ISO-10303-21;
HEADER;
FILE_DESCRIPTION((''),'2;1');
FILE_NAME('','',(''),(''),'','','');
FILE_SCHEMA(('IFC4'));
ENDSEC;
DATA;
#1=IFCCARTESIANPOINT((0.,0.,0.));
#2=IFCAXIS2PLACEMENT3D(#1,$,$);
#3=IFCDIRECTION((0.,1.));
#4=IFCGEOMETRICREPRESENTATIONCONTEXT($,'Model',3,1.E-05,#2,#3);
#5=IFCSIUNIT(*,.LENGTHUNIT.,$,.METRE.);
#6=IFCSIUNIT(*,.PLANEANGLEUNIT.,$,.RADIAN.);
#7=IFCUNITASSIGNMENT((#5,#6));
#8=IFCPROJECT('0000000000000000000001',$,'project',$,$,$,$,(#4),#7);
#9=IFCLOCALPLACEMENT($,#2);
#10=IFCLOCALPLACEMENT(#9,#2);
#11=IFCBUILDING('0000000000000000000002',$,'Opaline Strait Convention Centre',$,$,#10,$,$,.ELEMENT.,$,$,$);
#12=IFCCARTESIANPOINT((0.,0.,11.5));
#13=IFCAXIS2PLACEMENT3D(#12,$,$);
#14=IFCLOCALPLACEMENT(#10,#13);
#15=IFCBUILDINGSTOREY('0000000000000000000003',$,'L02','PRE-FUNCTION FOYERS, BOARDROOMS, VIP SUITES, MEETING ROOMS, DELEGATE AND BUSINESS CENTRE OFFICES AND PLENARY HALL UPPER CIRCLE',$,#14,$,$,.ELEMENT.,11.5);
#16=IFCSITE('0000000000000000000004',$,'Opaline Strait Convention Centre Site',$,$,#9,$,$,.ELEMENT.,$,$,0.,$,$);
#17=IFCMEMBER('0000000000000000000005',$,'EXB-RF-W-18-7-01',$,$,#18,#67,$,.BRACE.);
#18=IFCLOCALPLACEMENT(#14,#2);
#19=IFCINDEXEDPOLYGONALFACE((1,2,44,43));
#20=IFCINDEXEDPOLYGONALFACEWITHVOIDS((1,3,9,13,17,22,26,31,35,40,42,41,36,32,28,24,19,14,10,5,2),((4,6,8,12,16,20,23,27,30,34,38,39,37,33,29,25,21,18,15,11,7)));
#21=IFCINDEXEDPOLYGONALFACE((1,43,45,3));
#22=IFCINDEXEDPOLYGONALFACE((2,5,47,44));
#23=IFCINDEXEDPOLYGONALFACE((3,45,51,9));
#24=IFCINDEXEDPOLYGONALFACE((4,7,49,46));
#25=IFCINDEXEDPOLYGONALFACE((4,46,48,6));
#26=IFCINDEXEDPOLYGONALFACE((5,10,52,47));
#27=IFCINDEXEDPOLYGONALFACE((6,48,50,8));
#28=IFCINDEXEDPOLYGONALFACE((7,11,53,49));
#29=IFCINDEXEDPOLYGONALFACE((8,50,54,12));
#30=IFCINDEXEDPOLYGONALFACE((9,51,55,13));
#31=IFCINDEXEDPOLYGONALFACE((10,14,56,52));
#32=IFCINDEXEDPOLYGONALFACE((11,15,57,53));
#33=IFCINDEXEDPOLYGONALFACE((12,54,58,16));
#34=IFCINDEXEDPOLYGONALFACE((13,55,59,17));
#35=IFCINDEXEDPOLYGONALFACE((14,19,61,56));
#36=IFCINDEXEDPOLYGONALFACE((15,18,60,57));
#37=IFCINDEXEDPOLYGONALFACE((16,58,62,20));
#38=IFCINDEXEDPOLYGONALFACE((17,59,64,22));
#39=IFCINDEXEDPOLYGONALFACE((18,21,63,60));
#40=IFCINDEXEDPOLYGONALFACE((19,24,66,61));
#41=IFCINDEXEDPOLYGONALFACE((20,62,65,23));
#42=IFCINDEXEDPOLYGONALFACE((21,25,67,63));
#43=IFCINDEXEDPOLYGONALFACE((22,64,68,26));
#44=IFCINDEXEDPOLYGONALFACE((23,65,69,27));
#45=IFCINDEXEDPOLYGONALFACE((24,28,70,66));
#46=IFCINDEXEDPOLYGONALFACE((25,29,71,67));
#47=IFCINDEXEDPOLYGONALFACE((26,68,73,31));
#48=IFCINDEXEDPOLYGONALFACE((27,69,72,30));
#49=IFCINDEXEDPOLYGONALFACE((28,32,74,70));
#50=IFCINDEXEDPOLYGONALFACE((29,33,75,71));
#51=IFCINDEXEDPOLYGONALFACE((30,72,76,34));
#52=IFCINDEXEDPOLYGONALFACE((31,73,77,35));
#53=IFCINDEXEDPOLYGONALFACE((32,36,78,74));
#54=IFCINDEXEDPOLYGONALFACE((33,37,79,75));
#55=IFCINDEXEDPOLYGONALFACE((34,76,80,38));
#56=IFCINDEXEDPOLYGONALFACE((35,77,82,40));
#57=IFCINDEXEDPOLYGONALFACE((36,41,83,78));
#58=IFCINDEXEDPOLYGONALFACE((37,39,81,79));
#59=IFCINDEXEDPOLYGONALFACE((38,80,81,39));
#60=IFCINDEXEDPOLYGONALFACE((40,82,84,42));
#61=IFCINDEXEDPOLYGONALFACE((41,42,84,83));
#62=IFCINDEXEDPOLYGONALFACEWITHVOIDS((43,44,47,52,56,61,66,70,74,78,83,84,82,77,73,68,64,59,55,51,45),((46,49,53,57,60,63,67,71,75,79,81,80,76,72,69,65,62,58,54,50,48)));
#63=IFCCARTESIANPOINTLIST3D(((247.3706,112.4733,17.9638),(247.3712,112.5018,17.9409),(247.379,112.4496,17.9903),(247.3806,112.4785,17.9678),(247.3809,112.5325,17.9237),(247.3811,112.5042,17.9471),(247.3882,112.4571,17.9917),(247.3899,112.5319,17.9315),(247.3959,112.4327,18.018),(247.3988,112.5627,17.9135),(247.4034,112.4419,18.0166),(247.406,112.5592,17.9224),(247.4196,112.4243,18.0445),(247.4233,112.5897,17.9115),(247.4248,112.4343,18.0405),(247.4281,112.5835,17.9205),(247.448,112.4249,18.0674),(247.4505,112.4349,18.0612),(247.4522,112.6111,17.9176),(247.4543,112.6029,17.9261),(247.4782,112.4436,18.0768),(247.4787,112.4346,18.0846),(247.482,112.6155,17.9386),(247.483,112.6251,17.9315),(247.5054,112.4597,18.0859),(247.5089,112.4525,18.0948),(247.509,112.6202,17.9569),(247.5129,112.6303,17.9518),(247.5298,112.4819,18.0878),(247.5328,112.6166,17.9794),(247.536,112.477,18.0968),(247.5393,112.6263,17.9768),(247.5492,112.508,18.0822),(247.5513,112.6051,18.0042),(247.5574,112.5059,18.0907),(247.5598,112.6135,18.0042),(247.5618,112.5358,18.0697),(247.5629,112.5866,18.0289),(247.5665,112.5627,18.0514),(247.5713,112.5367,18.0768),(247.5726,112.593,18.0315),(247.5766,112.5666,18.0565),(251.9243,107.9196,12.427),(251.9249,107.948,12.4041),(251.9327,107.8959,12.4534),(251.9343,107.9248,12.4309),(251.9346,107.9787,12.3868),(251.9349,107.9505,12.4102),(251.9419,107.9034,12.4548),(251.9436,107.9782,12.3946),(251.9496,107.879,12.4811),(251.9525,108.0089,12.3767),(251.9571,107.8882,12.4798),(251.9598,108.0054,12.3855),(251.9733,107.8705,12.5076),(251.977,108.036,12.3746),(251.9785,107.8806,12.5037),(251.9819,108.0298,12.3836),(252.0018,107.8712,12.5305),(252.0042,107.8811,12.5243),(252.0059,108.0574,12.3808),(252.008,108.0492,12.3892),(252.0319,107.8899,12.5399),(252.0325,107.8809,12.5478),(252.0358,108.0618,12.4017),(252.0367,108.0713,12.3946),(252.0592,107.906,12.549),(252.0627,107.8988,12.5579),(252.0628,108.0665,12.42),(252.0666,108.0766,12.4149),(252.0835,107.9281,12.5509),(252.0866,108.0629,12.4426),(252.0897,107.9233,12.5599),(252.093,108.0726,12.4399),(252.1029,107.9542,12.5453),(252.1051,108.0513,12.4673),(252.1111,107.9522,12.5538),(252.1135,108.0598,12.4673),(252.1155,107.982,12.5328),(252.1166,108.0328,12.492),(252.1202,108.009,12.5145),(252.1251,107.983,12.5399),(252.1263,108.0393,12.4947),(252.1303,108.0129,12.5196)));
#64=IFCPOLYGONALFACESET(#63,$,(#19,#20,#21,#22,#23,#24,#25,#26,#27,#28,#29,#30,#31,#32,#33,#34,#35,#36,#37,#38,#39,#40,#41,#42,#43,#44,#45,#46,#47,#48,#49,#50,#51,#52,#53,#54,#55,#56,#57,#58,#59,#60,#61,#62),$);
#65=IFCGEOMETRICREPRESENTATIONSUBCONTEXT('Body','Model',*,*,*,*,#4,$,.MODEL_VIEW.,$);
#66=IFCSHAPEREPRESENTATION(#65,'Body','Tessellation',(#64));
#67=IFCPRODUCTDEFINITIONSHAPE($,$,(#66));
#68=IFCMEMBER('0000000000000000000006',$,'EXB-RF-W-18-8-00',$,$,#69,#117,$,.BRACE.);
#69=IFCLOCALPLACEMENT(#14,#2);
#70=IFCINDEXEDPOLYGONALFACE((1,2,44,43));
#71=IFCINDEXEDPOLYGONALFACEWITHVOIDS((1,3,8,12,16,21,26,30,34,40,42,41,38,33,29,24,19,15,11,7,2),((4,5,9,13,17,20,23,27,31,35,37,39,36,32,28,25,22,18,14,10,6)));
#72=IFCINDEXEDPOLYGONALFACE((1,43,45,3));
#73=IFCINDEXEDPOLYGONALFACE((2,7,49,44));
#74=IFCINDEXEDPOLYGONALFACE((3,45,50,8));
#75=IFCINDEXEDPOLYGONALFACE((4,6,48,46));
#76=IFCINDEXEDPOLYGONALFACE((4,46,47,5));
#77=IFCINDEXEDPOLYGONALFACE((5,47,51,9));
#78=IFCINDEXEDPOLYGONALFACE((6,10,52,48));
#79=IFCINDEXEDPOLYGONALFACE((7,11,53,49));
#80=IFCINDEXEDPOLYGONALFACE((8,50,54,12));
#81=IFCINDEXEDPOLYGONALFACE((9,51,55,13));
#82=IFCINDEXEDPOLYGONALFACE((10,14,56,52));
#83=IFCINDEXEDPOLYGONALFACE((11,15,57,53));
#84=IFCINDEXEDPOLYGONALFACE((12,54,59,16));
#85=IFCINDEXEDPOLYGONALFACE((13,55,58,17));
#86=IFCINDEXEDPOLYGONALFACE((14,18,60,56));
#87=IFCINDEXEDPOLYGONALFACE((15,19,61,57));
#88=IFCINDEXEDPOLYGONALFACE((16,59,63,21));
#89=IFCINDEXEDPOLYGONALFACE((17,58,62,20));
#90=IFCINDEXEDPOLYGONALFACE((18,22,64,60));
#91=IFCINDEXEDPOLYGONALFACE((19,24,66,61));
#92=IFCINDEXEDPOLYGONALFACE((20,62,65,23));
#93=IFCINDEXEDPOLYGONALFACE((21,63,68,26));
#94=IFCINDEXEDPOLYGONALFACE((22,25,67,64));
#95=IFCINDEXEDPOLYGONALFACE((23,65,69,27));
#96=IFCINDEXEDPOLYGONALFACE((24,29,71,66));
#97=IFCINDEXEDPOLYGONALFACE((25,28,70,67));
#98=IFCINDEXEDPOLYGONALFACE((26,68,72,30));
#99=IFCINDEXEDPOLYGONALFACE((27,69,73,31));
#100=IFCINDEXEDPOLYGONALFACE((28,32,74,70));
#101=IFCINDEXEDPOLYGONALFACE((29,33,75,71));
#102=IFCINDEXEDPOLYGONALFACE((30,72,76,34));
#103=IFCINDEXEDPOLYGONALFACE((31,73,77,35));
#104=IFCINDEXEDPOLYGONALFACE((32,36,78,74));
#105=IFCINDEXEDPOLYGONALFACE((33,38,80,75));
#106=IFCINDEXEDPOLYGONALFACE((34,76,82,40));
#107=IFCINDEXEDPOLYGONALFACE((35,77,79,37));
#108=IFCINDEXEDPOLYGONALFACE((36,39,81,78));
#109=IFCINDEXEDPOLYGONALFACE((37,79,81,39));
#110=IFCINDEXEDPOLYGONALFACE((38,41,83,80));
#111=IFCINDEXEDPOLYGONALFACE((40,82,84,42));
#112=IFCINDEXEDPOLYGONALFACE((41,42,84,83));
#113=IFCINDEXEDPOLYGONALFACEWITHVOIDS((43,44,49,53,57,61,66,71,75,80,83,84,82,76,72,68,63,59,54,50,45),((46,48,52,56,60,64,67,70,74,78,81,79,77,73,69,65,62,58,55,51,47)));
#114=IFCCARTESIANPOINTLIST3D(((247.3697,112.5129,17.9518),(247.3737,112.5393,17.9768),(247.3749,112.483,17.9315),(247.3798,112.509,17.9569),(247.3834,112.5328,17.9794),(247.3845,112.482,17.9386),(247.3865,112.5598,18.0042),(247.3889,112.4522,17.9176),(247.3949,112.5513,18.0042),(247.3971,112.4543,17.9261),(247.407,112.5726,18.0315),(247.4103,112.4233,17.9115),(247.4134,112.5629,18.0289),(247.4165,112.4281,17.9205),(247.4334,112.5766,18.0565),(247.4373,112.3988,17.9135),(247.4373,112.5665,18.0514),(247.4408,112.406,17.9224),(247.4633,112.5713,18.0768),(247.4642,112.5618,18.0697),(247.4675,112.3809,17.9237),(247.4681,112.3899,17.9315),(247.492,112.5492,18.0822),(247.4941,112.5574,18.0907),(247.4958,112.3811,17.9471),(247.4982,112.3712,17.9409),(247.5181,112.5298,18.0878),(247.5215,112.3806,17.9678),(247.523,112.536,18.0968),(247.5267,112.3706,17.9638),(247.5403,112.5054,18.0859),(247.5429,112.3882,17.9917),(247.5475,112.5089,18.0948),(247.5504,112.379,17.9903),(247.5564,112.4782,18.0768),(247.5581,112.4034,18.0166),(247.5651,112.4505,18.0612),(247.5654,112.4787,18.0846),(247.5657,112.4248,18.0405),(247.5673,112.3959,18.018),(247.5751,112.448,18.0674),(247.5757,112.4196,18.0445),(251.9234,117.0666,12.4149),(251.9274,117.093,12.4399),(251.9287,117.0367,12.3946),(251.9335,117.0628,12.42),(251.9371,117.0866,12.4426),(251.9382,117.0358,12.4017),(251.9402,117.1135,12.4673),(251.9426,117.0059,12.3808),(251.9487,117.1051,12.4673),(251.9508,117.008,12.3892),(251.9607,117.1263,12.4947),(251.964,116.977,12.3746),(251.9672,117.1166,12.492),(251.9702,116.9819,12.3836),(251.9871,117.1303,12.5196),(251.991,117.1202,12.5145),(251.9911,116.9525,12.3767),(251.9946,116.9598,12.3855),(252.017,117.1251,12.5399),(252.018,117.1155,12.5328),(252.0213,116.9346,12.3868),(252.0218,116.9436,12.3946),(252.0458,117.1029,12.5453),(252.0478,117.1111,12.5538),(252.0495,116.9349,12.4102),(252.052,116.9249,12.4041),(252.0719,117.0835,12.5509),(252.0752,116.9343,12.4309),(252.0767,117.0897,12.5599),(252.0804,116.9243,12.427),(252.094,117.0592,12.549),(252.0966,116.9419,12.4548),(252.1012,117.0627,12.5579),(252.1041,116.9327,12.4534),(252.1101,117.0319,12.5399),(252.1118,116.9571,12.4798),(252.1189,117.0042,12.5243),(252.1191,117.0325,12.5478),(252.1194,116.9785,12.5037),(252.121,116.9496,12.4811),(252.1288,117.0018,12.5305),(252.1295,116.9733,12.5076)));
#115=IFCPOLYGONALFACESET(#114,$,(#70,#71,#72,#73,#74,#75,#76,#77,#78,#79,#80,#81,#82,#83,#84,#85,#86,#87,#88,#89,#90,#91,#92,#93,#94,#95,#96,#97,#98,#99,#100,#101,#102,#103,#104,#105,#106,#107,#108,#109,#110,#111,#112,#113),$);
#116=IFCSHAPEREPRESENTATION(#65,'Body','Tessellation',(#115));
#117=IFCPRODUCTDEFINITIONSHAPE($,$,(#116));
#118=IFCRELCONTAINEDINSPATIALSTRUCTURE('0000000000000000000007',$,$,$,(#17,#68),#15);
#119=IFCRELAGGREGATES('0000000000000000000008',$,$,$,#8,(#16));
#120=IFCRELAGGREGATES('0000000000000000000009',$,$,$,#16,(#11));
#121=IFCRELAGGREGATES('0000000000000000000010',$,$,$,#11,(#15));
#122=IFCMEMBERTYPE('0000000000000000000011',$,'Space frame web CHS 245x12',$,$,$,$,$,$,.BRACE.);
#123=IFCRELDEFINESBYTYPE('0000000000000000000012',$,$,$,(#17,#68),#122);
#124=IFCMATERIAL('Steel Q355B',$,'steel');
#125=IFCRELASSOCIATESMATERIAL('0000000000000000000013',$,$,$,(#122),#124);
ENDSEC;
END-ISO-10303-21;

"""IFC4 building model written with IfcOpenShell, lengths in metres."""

from ifc_helpers import new_model, si_unit, direction, frame, origin, origin_2d, place, context, subcontext, project, spatial, hollow_circle, extrude, material, material_profile, profile_set, type_object, element, save


model = new_model("IFC4")

# Units and contexts
model_context = context("Model", 3, precision=1e-05, world=origin(), true_north=direction((0.0, 1.0)))
body_context = subcontext(model_context, "Body", "Model", "MODEL_VIEW")
ifc_project = project(units=[si_unit("LENGTHUNIT", "METRE"), si_unit("PLANEANGLEUNIT", "RADIAN")], contexts=[model_context])

# Site, building, storey
site_placement = place(None, origin())
site = spatial("IfcSite", under=ifc_project, at=site_placement, Name="Opaline Strait Convention Centre Site", CompositionType="ELEMENT", RefElevation=0.0)
building_placement = place(site_placement, origin())
building = spatial("IfcBuilding", under=site, at=building_placement, Name="Opaline Strait Convention Centre", CompositionType="ELEMENT")
storey_placement = place(building_placement, frame((0.0, 0.0, 11.5)))
storey = spatial("IfcBuildingStorey", under=building, at=storey_placement, Name="L02", Description="PRE-FUNCTION FOYERS, BOARDROOMS, VIP SUITES, MEETING ROOMS, DELEGATE AND BUSINESS CENTRE OFFICES AND PLENARY HALL UPPER CIRCLE", CompositionType="ELEMENT", Elevation=11.5)

# Members
ifc_material = material(Name="Steel Q355B", Category="steel")
ifc_material_profile_1 = material_profile(ifc_material, hollow_circle(Radius=0.1226, WallThickness=0.012, at=origin_2d()), Name="CHS 245x12")
ifc_profile_set_1 = profile_set([ifc_material_profile_1], Name="Steel Q355B")
member_type_1 = type_object("IfcMemberType", Name="Space frame web CHS 245x12", PredefinedType="BRACE", material=ifc_profile_set_1)
for number, where, z_axis, x_axis, name in (
    (1, (247.4731, 112.5269, 18.0042), (0.536178, -0.536178, -0.65194), (0.707107, 0.707107, 0.0), "EXB-RF-W-18-7-01"),
    (2, (247.4731, 112.4731, 18.0042), (0.536178, 0.536178, -0.65194), (-0.707107, 0.707107, 0.0), "EXB-RF-W-18-8-00"),
):
    element("IfcMember", number, at=place(storey_placement, frame(where, z_axis=z_axis, x_axis=x_axis)), inside=storey, type_object=member_type_1, Name=name, PredefinedType="BRACE", context=body_context, shape_type="SweptSolid", body=[
        extrude(hollow_circle(Radius=0.1226, WallThickness=0.012, at=origin_2d()), origin(), (0.0, 0.0, 1.0), 8.4929),
    ])

save(model, "model.ifc")
